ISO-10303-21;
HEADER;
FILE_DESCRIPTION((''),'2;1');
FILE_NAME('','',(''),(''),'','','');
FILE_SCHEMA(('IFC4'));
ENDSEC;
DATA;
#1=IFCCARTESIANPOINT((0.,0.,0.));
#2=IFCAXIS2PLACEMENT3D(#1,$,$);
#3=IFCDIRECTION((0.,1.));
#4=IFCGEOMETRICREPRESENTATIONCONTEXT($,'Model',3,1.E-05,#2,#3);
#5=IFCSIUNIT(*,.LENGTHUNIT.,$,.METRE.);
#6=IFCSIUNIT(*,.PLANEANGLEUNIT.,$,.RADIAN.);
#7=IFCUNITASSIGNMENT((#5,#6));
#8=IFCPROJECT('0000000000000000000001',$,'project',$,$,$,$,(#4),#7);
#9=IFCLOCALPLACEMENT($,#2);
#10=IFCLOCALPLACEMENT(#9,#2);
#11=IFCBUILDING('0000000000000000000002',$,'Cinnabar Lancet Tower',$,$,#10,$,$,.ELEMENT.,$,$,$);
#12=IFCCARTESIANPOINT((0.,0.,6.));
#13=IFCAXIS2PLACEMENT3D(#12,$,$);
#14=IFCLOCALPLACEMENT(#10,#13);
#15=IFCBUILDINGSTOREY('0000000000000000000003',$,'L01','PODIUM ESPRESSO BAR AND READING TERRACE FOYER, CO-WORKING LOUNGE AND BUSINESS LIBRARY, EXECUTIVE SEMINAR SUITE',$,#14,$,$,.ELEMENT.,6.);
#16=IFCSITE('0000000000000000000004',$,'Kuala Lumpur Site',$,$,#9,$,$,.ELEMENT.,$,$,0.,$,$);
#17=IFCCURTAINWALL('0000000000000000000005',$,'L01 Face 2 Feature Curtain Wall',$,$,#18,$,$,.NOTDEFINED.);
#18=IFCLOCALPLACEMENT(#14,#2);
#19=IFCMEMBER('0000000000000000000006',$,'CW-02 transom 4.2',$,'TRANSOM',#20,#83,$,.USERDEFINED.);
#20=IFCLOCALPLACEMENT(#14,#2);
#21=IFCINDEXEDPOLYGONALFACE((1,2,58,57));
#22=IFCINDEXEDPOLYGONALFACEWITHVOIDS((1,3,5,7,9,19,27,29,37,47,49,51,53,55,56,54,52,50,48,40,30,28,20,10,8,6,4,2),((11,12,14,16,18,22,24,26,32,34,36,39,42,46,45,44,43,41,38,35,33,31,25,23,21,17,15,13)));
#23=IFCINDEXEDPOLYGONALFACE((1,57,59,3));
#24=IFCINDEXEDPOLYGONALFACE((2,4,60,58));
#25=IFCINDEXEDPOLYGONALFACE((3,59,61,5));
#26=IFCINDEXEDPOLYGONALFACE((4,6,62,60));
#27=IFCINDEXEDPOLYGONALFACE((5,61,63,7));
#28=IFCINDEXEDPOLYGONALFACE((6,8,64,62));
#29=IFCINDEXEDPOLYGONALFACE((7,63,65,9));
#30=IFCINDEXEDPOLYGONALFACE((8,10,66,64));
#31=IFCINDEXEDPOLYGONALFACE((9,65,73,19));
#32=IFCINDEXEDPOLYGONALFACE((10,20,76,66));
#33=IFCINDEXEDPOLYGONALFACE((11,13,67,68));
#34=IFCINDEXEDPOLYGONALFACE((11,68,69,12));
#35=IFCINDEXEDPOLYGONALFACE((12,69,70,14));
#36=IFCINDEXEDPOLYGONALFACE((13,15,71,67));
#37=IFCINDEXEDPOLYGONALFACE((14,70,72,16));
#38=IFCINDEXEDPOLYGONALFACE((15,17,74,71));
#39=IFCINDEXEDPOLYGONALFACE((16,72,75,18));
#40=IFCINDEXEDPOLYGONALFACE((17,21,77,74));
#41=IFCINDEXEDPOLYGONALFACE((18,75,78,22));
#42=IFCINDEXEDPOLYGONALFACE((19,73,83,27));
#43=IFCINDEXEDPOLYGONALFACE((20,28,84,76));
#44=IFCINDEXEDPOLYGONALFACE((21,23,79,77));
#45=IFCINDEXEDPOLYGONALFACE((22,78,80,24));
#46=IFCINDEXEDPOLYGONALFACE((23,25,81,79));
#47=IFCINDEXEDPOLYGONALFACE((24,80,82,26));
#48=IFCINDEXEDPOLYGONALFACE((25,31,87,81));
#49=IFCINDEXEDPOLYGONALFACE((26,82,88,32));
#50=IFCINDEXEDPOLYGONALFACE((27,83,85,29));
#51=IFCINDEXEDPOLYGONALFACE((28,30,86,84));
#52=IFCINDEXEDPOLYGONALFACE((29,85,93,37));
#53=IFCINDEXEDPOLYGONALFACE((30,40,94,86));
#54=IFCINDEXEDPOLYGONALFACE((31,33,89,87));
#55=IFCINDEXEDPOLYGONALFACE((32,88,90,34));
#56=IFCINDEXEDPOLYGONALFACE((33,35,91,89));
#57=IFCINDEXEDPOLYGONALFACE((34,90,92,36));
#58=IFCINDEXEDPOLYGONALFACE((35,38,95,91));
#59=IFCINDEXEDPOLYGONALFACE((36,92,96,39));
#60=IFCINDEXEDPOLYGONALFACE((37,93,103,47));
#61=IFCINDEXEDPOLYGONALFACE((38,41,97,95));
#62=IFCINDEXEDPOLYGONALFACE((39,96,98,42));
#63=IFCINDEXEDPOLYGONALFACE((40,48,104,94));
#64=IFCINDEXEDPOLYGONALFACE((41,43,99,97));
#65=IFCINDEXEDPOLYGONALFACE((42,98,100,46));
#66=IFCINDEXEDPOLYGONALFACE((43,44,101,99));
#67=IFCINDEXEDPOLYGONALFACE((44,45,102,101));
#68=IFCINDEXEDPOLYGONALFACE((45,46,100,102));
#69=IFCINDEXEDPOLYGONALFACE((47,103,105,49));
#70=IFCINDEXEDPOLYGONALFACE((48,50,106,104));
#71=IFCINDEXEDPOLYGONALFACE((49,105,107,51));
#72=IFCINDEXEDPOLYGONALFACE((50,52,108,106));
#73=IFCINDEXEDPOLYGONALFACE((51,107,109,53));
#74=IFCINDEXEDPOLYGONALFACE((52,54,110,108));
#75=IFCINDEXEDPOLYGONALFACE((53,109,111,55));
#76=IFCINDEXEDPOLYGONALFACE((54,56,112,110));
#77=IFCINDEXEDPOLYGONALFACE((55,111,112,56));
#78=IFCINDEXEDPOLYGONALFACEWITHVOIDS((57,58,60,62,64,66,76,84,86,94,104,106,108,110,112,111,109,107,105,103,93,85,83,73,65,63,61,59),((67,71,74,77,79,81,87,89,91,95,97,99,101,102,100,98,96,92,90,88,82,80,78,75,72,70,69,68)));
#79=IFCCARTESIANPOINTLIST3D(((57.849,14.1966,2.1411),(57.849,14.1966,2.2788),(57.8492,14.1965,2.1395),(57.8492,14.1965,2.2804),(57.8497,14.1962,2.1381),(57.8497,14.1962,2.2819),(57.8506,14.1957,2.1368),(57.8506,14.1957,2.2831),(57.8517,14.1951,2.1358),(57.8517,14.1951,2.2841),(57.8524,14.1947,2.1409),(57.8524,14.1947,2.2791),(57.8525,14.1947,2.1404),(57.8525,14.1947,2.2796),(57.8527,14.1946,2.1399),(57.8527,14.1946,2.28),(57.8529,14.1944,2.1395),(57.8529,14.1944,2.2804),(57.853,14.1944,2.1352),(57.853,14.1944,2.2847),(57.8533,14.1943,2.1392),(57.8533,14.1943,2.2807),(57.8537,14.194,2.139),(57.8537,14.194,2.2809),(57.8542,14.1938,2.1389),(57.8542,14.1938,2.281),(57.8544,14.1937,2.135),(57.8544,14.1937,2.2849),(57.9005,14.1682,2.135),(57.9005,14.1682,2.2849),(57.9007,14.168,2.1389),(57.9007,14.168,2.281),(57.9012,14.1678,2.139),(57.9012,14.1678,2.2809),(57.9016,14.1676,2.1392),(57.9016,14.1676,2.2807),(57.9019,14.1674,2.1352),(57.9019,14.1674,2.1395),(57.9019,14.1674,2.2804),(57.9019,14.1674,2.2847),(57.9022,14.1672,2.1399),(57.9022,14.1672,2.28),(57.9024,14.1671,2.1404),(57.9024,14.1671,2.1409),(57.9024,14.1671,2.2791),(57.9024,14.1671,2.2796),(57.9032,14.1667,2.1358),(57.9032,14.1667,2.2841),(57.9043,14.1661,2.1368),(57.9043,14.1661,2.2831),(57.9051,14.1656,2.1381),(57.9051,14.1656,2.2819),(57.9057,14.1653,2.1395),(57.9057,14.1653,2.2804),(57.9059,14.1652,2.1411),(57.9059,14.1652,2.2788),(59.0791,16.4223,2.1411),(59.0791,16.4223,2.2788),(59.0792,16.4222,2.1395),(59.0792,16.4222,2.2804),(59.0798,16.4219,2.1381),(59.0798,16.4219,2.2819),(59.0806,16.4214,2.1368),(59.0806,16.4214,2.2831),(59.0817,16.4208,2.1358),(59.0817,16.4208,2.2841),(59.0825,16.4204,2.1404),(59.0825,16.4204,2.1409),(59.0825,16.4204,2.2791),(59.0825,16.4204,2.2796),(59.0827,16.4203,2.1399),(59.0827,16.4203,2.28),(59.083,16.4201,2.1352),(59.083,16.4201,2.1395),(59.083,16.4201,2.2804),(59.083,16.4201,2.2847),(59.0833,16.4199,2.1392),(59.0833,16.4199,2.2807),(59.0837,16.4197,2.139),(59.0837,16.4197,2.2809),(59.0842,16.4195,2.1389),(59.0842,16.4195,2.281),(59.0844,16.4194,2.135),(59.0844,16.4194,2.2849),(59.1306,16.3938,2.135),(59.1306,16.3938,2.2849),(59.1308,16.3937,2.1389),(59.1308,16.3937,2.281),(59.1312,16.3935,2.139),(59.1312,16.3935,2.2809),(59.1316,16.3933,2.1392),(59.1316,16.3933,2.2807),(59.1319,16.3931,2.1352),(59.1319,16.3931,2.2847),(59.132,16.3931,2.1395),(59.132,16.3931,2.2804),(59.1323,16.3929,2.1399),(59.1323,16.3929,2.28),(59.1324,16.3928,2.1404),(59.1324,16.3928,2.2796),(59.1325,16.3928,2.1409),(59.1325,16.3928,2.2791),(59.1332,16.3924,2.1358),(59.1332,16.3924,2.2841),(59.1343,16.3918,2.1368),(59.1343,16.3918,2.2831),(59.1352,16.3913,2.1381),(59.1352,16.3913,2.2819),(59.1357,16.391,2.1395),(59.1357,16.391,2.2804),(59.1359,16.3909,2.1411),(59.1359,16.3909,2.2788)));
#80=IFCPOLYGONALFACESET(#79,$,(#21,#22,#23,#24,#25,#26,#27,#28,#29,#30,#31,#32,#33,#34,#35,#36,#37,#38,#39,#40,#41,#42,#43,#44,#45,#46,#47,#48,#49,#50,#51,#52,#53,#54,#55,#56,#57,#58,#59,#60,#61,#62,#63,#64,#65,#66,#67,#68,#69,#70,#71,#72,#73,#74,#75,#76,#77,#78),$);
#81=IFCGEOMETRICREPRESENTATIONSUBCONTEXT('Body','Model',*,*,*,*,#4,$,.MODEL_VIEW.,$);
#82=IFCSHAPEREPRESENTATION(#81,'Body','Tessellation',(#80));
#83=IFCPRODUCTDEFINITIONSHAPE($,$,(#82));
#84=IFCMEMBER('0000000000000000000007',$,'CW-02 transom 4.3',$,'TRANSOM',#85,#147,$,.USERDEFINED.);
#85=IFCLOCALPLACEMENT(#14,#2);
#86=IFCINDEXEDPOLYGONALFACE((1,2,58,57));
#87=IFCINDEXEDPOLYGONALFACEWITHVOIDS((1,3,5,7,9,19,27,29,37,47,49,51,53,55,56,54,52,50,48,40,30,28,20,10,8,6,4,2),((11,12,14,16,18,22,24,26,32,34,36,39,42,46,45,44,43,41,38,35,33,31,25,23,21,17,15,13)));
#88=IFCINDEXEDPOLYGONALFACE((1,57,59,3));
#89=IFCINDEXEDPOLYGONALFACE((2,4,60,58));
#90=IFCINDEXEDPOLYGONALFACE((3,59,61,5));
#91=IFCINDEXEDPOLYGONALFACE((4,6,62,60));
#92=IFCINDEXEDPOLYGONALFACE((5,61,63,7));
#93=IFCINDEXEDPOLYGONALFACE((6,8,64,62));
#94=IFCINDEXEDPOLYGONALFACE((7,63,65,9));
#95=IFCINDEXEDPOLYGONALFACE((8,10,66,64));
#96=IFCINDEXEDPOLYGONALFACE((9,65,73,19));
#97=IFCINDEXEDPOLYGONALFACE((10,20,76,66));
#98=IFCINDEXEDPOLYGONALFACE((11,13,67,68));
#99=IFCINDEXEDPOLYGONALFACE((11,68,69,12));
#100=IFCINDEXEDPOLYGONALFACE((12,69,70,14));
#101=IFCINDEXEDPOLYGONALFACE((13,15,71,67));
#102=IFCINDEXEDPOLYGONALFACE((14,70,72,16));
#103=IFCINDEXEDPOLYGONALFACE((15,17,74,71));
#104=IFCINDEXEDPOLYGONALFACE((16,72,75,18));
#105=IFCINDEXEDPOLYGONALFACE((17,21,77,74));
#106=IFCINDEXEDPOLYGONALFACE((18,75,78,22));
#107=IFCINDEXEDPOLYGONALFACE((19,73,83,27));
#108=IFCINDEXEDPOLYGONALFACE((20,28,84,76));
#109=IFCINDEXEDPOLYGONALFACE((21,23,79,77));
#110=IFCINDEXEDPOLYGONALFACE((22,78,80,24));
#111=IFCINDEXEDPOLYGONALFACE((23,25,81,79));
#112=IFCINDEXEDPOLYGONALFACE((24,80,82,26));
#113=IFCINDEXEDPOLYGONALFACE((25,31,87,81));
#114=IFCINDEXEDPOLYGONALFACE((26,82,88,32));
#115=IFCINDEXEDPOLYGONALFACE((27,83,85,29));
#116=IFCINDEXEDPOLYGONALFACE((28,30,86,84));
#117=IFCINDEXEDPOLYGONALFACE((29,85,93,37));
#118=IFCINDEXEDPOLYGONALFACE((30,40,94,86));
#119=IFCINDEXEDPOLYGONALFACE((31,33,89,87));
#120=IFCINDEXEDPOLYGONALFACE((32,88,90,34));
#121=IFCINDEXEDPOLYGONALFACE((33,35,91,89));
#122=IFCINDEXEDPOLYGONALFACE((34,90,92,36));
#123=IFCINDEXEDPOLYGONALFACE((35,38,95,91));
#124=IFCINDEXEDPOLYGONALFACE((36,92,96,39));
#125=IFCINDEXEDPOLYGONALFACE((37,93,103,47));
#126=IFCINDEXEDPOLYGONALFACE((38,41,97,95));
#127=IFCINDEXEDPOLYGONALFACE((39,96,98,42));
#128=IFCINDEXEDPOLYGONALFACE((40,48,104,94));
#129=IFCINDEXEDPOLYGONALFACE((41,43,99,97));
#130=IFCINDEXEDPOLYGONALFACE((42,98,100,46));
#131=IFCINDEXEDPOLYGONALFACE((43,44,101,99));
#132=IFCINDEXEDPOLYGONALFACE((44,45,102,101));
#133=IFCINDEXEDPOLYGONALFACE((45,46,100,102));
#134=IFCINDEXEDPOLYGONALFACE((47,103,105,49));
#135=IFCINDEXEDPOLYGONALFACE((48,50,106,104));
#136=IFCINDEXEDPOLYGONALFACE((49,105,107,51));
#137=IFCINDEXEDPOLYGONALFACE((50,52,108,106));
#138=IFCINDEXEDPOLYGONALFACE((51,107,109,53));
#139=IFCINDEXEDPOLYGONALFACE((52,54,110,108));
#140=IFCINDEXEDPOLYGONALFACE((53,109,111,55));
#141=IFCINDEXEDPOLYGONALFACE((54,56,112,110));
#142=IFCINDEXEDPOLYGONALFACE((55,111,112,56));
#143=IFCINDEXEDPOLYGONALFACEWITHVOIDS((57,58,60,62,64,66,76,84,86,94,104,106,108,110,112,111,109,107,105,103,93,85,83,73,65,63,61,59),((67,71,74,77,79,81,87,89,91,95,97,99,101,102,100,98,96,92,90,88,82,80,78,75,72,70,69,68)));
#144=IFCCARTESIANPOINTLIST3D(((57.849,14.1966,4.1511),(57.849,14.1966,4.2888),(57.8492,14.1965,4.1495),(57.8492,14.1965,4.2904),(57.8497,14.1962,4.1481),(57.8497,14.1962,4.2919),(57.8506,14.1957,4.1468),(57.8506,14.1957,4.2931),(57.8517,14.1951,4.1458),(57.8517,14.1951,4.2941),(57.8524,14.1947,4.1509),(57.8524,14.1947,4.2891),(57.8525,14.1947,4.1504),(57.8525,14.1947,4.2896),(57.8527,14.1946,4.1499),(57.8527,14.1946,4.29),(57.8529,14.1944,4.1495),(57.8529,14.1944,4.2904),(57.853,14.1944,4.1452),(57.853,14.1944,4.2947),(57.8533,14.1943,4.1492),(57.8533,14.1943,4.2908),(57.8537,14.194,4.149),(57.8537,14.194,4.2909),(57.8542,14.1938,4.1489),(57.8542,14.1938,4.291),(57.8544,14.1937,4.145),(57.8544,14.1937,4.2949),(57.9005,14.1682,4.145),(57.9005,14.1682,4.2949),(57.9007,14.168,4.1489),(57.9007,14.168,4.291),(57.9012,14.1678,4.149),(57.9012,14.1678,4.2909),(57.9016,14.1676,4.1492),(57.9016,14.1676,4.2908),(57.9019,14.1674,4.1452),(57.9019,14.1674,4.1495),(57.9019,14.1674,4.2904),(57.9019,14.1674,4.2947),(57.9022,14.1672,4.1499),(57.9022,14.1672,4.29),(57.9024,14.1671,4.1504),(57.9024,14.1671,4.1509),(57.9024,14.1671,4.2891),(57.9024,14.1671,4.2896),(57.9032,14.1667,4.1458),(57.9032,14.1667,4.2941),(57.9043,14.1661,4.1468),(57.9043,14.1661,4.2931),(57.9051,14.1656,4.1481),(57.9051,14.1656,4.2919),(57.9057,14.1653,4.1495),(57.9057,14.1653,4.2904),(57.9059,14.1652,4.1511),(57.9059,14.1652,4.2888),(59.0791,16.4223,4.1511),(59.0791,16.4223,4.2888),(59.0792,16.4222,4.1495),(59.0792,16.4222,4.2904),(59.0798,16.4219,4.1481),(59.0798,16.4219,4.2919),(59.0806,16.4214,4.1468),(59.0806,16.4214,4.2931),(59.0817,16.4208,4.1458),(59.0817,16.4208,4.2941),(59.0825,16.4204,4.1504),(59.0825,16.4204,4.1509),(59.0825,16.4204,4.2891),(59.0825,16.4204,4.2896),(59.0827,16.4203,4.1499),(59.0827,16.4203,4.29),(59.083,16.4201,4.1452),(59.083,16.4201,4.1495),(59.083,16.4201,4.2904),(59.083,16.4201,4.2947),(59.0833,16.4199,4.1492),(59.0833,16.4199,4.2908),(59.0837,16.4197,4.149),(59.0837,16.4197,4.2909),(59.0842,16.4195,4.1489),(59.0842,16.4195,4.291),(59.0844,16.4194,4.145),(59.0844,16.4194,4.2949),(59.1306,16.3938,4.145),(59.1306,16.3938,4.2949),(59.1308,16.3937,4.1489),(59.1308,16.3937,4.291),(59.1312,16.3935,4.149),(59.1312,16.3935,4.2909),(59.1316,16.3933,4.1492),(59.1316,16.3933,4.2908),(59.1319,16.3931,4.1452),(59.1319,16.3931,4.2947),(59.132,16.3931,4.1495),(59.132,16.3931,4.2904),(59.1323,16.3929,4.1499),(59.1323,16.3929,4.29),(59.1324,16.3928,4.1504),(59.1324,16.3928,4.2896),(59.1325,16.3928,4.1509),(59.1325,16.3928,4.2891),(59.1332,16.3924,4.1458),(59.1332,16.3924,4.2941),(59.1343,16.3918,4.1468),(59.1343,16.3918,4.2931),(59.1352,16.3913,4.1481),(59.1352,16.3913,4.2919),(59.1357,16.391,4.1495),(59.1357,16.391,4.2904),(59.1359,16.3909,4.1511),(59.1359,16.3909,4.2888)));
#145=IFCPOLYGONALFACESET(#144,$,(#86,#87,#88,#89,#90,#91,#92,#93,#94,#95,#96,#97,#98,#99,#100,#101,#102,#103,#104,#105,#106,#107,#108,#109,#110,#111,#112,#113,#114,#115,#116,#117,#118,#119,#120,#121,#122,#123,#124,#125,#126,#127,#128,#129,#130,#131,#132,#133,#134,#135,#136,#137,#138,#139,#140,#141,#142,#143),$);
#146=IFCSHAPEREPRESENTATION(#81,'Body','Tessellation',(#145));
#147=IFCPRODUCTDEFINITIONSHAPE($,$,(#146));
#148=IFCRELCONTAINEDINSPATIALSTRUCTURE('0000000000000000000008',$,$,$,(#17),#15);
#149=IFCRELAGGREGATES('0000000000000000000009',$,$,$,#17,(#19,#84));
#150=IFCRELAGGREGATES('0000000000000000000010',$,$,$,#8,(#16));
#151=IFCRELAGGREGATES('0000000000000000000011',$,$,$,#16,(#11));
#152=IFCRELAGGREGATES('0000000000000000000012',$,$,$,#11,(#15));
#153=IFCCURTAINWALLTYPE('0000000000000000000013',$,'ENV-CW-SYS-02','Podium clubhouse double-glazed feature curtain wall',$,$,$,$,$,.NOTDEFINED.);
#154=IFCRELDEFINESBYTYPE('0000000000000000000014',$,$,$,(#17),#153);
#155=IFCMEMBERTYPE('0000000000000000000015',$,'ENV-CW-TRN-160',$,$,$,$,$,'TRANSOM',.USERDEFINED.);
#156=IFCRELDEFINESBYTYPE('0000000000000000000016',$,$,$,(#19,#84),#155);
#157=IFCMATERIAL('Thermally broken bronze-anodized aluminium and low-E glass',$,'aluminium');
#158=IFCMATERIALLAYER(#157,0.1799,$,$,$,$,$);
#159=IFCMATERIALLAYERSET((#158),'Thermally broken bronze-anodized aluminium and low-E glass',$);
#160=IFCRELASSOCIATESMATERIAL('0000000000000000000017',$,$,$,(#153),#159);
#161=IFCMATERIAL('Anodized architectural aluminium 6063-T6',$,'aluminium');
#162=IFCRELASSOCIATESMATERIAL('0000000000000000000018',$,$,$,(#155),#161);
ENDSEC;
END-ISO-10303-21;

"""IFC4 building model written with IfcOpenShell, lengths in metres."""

from ifc_helpers import new_model, si_unit, direction, frame, origin, origin_2d, place, context, subcontext, project, spatial, hollow_rectangle, extrude, material, layer, layer_set, material_profile, profile_set, type_object, element, aggregate, save


model = new_model("IFC4")

# Units and contexts
model_context = context("Model", 3, precision=1e-05, world=origin(), true_north=direction((0.0, 1.0)))
body_context = subcontext(model_context, "Body", "Model", "MODEL_VIEW")
ifc_project = project(units=[si_unit("LENGTHUNIT", "METRE"), si_unit("PLANEANGLEUNIT", "RADIAN")], contexts=[model_context])

# Site, building, storey
site_placement = place(None, origin())
site = spatial("IfcSite", under=ifc_project, at=site_placement, Name="Kuala Lumpur Site", CompositionType="ELEMENT", RefElevation=0.0)
building_placement = place(site_placement, origin())
building = spatial("IfcBuilding", under=site, at=building_placement, Name="Cinnabar Lancet Tower", CompositionType="ELEMENT")
storey_placement = place(building_placement, frame((0.0, 0.0, 6.0)))
storey = spatial("IfcBuildingStorey", under=building, at=storey_placement, Name="L01", Description="PODIUM ESPRESSO BAR AND READING TERRACE FOYER, CO-WORKING LOUNGE AND BUSINESS LIBRARY, EXECUTIVE SEMINAR SUITE", CompositionType="ELEMENT", Elevation=6.0)

# Curtain wall, members
ifc_material_1 = material(Name="Thermally broken bronze-anodized aluminium and low-E glass", Category="aluminium")
ifc_layer_1 = layer(ifc_material_1, 0.1799)
ifc_layer_set_1 = layer_set([ifc_layer_1], Name="Thermally broken bronze-anodized aluminium and low-E glass")
curtain_wall_type = type_object("IfcCurtainWallType", Name="ENV-CW-SYS-02", Description="Podium clubhouse double-glazed feature curtain wall", PredefinedType="NOTDEFINED", material=ifc_layer_set_1)
curtain_wall_placement = place(storey_placement, origin())
curtain_wall = element("IfcCurtainWall", 1, at=curtain_wall_placement, inside=storey, type_object=curtain_wall_type, Name="L01 Face 2 Feature Curtain Wall", PredefinedType="NOTDEFINED")
ifc_material_2 = material(Name="Anodized architectural aluminium 6063-T6", Category="aluminium")
ifc_material_profile_1 = material_profile(ifc_material_2, hollow_rectangle(XDim=0.0649, YDim=0.1499, WallThickness=0.0039, InnerFilletRadius=0.002, OuterFilletRadius=0.0061, at=origin_2d()), Name="CW-TRN 150x65x4")
ifc_profile_set_1 = profile_set([ifc_material_profile_1], Name="Anodized architectural aluminium 6063-T6")
member_type_1 = type_object("IfcMemberType", Name="ENV-CW-TRN-160", ElementType="TRANSOM", PredefinedType="USERDEFINED", material=ifc_profile_set_1)
member_1_placement = place(storey_placement, frame((57.8774, 14.1809, 2.21), z_axis=(0.483702, 0.875233, 0.0), x_axis=(-0.875233, 0.483702, 0.0)))
member_1 = element("IfcMember", 2, at=member_1_placement, type_object=member_type_1, Name="CW-02 transom 4.2", ObjectType="TRANSOM", PredefinedType="USERDEFINED", context=body_context, shape_type="SweptSolid", body=[
    extrude(hollow_rectangle(XDim=0.0649, YDim=0.1499, WallThickness=0.0039, InnerFilletRadius=0.002, OuterFilletRadius=0.0061, at=origin_2d()), origin(), (0.0, 0.0, 1.0), 2.543),
])
member_2_placement = place(storey_placement, frame((57.8774, 14.1809, 4.22), z_axis=(0.483702, 0.875233, 0.0), x_axis=(-0.875233, 0.483702, 0.0)))
member_2 = element("IfcMember", 3, at=member_2_placement, type_object=member_type_1, Name="CW-02 transom 4.3", ObjectType="TRANSOM", PredefinedType="USERDEFINED", context=body_context, shape_type="SweptSolid", body=[
    extrude(hollow_rectangle(XDim=0.0649, YDim=0.1499, WallThickness=0.0039, InnerFilletRadius=0.002, OuterFilletRadius=0.0061, at=origin_2d()), origin(), (0.0, 0.0, 1.0), 2.543),
])
aggregate(curtain_wall, [member_1, member_2])

save(model, "model.ifc")
